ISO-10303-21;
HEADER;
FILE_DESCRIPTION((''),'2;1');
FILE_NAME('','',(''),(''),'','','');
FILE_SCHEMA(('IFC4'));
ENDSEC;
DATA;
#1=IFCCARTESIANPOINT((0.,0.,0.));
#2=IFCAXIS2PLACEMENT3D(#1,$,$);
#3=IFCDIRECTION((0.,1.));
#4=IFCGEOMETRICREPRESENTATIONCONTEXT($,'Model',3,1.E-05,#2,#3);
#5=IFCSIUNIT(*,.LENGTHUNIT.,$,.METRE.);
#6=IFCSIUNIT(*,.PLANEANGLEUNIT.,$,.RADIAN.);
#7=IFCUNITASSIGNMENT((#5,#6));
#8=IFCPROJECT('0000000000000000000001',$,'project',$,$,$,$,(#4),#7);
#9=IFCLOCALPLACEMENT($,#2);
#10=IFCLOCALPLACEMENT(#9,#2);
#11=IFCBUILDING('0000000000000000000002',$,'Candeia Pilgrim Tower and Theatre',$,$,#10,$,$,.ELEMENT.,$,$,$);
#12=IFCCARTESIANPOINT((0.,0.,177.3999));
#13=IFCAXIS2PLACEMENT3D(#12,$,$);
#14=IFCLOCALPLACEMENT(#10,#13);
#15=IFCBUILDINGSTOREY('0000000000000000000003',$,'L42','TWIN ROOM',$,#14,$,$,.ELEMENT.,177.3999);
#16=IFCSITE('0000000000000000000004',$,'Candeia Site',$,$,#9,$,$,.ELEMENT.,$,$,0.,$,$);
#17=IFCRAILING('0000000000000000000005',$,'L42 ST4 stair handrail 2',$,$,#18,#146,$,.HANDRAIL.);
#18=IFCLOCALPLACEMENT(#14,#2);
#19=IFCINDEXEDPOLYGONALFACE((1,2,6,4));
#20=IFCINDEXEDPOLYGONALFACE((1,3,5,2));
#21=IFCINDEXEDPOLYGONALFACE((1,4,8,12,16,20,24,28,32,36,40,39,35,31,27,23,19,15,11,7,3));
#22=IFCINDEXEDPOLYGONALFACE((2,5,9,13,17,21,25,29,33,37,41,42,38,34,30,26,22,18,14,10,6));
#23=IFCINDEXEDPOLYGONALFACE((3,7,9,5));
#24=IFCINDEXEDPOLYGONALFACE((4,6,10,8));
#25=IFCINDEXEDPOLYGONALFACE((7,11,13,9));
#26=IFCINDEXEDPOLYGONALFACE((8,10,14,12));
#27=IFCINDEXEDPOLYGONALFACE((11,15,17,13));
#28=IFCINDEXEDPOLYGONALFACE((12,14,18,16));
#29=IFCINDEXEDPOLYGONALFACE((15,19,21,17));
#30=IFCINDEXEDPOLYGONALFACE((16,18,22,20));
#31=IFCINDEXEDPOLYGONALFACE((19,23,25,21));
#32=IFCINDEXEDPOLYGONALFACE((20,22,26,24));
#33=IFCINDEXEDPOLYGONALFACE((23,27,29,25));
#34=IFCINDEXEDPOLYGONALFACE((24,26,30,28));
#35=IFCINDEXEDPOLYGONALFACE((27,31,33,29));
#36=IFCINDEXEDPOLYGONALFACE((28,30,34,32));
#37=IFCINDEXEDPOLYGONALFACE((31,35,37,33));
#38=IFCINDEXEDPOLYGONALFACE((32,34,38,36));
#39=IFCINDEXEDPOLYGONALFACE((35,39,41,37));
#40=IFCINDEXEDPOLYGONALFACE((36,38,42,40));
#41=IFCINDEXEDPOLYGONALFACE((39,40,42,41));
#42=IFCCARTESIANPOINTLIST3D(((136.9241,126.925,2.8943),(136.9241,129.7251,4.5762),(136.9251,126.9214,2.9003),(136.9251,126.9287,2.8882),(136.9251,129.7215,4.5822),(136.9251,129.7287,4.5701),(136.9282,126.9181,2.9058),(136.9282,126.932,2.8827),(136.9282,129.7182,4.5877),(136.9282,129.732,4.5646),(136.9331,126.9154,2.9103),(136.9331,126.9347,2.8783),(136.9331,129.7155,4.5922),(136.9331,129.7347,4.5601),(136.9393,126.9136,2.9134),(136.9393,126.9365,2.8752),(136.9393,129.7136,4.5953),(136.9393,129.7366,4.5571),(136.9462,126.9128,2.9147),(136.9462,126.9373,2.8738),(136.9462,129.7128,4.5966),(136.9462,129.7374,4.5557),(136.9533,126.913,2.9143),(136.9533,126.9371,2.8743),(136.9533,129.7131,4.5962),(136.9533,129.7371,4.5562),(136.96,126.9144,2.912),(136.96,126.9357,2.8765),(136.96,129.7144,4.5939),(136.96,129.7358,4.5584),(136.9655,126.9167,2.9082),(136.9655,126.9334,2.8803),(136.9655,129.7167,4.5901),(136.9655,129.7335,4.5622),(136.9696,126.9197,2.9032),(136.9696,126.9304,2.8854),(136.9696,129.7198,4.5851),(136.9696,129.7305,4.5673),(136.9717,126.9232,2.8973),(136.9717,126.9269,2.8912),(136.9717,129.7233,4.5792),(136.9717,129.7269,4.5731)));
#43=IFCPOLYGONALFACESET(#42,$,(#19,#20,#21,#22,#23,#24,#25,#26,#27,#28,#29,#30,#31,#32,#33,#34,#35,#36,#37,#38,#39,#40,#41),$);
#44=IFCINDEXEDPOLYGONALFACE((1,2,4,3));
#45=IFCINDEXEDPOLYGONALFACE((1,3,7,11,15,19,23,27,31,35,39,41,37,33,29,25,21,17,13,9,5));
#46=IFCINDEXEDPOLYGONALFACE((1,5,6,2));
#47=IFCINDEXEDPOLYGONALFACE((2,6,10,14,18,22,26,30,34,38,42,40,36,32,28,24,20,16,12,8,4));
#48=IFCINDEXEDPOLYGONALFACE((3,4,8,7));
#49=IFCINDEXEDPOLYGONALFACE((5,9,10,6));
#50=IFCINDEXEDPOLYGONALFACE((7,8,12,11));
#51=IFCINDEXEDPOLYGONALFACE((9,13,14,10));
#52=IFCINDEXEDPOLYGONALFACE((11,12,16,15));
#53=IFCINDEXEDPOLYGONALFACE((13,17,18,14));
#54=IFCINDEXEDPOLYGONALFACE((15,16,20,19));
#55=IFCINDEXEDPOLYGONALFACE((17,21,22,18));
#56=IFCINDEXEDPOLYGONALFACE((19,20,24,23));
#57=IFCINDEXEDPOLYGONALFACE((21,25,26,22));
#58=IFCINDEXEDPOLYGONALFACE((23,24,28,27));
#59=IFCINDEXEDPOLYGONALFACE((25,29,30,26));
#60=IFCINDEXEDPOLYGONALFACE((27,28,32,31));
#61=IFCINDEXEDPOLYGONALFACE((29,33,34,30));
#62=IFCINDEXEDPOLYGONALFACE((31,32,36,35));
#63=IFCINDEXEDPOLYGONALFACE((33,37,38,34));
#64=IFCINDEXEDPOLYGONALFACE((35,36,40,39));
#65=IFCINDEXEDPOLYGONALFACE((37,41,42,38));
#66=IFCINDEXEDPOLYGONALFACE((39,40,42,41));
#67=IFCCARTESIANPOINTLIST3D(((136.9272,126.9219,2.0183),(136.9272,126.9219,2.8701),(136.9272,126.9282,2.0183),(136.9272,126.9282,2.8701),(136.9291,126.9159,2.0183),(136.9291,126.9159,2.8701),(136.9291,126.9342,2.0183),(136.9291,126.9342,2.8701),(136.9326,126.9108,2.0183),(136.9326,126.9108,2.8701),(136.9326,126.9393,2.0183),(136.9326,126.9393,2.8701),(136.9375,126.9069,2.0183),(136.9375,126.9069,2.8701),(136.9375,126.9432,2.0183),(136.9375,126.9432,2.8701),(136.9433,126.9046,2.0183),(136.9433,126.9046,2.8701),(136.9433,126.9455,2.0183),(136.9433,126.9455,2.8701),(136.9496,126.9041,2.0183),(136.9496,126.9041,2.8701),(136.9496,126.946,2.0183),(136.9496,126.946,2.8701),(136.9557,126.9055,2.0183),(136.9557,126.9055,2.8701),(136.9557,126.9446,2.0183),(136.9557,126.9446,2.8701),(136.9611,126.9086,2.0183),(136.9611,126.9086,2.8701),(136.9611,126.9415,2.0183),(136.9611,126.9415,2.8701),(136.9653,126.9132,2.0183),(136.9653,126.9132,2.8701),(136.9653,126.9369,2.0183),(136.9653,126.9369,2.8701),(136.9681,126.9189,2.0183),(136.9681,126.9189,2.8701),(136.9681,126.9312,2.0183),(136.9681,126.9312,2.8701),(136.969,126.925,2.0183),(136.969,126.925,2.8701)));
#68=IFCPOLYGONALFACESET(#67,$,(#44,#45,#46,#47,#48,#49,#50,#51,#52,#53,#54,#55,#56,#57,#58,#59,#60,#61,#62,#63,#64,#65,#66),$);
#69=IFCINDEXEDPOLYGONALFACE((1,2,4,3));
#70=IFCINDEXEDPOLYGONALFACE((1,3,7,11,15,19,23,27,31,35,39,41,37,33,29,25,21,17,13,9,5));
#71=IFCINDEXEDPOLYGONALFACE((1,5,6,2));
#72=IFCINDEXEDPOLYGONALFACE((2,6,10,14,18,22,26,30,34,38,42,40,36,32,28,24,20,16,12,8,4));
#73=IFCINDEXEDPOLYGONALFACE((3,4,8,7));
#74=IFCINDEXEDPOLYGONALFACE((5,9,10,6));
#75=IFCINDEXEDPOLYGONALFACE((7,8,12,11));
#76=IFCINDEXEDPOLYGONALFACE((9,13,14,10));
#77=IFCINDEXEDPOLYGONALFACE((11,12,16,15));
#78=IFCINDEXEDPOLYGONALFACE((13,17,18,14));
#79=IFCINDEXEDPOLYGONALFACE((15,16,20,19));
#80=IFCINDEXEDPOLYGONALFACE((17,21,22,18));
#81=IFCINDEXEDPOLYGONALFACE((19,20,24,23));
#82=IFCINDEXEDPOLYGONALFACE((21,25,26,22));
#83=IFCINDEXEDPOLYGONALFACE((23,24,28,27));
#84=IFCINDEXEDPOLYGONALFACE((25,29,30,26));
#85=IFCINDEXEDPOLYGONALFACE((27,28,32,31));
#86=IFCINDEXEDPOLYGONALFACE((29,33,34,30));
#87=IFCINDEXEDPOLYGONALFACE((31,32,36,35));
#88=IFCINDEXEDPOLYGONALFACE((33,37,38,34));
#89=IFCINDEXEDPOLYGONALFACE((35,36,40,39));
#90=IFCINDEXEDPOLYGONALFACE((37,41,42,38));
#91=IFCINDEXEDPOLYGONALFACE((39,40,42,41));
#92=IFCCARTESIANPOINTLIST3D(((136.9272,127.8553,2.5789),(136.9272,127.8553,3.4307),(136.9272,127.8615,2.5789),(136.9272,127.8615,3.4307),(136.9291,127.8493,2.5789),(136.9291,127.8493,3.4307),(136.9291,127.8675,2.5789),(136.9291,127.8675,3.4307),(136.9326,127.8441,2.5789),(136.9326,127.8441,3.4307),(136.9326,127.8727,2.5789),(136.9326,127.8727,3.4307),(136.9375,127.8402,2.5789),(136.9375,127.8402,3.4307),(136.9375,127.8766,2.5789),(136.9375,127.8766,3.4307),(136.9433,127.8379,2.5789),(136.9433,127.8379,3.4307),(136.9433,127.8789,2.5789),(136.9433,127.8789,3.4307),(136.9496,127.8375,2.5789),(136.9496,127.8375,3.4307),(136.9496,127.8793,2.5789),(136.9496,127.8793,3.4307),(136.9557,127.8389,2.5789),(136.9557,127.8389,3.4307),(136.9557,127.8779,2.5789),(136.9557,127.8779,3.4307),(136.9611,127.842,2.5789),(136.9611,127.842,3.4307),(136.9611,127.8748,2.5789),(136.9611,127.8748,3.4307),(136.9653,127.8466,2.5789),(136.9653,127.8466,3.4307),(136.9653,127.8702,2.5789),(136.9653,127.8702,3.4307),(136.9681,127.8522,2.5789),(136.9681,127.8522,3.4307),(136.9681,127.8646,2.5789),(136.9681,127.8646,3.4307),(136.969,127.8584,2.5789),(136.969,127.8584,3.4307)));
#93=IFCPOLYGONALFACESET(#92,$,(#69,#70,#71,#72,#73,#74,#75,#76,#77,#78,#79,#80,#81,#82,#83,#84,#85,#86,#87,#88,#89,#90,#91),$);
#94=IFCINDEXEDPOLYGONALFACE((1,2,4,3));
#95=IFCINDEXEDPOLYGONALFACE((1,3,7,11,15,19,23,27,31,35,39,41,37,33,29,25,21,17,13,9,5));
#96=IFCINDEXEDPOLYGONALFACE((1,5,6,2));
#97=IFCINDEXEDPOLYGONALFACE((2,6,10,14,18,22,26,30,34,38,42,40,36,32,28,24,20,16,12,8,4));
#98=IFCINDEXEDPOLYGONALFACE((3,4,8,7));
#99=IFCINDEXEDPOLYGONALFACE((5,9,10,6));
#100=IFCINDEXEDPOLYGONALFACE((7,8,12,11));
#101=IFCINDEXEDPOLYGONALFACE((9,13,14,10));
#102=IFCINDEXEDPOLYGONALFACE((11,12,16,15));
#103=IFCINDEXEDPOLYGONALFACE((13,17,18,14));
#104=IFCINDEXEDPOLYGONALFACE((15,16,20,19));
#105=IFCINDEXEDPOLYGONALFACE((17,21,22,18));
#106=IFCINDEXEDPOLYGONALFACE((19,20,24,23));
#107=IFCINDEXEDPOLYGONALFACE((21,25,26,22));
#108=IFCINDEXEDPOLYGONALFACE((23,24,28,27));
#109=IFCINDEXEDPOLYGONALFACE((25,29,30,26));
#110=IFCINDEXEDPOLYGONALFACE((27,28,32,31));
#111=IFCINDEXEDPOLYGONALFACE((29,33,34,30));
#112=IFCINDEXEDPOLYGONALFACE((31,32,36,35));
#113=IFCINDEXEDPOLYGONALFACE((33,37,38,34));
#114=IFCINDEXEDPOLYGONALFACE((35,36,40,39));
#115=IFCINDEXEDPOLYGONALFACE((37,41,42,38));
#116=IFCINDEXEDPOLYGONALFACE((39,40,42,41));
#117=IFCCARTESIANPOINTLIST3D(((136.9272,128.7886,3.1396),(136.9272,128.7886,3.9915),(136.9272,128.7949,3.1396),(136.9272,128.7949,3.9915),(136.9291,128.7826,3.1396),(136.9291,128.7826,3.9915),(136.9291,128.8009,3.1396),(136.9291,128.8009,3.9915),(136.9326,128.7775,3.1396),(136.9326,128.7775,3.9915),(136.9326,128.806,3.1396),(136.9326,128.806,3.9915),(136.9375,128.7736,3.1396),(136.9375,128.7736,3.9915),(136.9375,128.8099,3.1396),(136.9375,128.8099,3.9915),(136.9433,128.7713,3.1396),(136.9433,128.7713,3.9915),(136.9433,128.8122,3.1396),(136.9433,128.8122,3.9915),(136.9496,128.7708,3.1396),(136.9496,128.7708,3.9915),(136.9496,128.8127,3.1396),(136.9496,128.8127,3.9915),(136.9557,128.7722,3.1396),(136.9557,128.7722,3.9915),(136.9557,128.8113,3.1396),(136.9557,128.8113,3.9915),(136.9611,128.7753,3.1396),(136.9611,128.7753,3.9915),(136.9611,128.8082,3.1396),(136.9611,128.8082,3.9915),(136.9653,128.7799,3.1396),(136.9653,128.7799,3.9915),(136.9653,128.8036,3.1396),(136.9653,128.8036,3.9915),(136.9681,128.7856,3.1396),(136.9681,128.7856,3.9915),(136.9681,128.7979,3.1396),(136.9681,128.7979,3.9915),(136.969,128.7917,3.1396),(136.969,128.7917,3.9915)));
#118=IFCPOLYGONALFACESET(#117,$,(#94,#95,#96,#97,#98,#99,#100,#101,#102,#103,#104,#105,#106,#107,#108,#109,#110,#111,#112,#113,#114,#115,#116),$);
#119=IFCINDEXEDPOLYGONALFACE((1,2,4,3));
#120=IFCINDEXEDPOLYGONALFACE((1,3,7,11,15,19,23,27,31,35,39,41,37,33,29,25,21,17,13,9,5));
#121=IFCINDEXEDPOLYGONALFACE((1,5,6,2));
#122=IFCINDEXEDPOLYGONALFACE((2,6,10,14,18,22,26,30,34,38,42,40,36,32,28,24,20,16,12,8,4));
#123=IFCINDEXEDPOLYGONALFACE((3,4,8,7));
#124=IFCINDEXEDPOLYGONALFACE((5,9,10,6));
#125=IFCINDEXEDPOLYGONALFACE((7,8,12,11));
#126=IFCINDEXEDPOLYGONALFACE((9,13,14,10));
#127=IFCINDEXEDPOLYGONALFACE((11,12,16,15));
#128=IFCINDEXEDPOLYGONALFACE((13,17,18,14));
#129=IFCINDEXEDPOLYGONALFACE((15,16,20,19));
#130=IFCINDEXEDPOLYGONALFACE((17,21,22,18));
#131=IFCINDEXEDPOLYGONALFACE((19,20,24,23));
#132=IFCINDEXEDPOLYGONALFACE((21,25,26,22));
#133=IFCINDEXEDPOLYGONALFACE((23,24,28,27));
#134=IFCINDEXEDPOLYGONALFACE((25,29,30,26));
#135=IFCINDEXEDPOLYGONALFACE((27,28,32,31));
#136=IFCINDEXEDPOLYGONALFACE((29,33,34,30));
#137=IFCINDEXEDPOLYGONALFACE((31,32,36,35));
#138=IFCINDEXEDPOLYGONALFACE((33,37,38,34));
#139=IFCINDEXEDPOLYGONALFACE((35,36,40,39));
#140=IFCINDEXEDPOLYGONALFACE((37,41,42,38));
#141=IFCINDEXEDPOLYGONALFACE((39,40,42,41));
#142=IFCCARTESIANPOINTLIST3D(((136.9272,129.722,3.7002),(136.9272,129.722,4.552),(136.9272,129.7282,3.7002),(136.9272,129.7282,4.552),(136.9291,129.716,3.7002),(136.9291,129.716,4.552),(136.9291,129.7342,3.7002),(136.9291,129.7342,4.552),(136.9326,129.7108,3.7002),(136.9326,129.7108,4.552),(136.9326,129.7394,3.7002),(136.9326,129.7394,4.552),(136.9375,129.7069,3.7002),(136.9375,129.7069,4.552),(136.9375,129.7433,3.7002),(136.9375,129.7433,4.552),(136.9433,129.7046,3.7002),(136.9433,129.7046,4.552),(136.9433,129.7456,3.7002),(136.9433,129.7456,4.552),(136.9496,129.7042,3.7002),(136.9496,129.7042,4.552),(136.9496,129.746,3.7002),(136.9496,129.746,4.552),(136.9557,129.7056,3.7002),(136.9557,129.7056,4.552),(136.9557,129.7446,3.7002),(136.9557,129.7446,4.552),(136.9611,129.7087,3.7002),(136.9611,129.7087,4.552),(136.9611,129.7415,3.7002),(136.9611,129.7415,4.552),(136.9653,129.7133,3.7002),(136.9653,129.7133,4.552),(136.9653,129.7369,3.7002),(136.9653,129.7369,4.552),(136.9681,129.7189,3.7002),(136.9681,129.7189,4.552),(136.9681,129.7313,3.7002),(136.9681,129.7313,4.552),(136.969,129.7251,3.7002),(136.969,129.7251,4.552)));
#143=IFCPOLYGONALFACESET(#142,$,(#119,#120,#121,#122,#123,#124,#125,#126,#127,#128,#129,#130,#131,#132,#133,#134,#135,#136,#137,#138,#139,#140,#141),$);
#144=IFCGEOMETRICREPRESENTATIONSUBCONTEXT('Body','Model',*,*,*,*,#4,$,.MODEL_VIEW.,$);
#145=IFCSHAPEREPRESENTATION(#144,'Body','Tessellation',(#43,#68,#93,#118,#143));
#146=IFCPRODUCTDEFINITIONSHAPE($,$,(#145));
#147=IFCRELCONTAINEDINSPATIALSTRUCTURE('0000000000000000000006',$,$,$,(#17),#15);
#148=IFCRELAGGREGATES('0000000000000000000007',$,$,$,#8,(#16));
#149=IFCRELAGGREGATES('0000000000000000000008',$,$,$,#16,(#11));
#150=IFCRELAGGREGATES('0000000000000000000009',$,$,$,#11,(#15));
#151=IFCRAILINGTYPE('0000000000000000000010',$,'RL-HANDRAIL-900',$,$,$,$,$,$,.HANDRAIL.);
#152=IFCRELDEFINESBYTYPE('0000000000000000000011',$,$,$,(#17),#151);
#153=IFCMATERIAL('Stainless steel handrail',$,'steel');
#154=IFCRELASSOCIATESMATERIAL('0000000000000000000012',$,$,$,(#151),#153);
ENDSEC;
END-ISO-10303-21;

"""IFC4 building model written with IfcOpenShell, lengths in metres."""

from ifc_helpers import new_model, si_unit, direction, frame, origin, origin_2d, place, context, subcontext, project, spatial, circle, extrude, material, type_object, element, save


model = new_model("IFC4")

# Units and contexts
model_context = context("Model", 3, precision=1e-05, world=origin(), true_north=direction((0.0, 1.0)))
body_context = subcontext(model_context, "Body", "Model", "MODEL_VIEW")
ifc_project = project(units=[si_unit("LENGTHUNIT", "METRE"), si_unit("PLANEANGLEUNIT", "RADIAN")], contexts=[model_context])

# Site, building, storey
site_placement = place(None, origin())
site = spatial("IfcSite", under=ifc_project, at=site_placement, Name="Candeia Site", CompositionType="ELEMENT", RefElevation=0.0)
building_placement = place(site_placement, origin())
building = spatial("IfcBuilding", under=site, at=building_placement, Name="Candeia Pilgrim Tower and Theatre", CompositionType="ELEMENT")
storey_placement = place(building_placement, frame((0.0, 0.0, 177.3999)))
storey = spatial("IfcBuildingStorey", under=building, at=storey_placement, Name="L42", Description="TWIN ROOM", CompositionType="ELEMENT", Elevation=177.3999)

# Railing
ifc_material_1 = material(Name="Stainless steel handrail", Category="steel")
railing_type_1 = type_object("IfcRailingType", Name="RL-HANDRAIL-900", PredefinedType="HANDRAIL", material=ifc_material_1)
railing_1_placement = place(storey_placement, frame((136.948, 126.925, 2.0183)))
element("IfcRailing", 1, at=railing_1_placement, inside=storey, type_object=railing_type_1, Name="L42 ST4 stair handrail 2", PredefinedType="HANDRAIL", context=body_context, shape_type="SweptSolid", body=[
    extrude(circle(Radius=0.0239, at=origin_2d()), frame((0.0, 0.0, 0.876), z_axis=(0.0, 0.857242, 0.514913), x_axis=(-1.0, 0.0, 0.0)), (0.0, 0.0, 1.0), 3.2664),
    extrude(circle(Radius=0.021, at=origin_2d()), origin(), (0.0, 0.0, 1.0), 0.8518),
    extrude(circle(Radius=0.021, at=origin_2d()), frame((0.0, 0.9333, 0.5605)), (0.0, 0.0, 1.0), 0.8518),
    extrude(circle(Radius=0.021, at=origin_2d()), frame((0.0, 1.8667, 1.1213)), (0.0, 0.0, 1.0), 0.8518),
    extrude(circle(Radius=0.021, at=origin_2d()), frame((0.0, 2.8, 1.6819)), (0.0, 0.0, 1.0), 0.8518),
])

save(model, "model.ifc")
